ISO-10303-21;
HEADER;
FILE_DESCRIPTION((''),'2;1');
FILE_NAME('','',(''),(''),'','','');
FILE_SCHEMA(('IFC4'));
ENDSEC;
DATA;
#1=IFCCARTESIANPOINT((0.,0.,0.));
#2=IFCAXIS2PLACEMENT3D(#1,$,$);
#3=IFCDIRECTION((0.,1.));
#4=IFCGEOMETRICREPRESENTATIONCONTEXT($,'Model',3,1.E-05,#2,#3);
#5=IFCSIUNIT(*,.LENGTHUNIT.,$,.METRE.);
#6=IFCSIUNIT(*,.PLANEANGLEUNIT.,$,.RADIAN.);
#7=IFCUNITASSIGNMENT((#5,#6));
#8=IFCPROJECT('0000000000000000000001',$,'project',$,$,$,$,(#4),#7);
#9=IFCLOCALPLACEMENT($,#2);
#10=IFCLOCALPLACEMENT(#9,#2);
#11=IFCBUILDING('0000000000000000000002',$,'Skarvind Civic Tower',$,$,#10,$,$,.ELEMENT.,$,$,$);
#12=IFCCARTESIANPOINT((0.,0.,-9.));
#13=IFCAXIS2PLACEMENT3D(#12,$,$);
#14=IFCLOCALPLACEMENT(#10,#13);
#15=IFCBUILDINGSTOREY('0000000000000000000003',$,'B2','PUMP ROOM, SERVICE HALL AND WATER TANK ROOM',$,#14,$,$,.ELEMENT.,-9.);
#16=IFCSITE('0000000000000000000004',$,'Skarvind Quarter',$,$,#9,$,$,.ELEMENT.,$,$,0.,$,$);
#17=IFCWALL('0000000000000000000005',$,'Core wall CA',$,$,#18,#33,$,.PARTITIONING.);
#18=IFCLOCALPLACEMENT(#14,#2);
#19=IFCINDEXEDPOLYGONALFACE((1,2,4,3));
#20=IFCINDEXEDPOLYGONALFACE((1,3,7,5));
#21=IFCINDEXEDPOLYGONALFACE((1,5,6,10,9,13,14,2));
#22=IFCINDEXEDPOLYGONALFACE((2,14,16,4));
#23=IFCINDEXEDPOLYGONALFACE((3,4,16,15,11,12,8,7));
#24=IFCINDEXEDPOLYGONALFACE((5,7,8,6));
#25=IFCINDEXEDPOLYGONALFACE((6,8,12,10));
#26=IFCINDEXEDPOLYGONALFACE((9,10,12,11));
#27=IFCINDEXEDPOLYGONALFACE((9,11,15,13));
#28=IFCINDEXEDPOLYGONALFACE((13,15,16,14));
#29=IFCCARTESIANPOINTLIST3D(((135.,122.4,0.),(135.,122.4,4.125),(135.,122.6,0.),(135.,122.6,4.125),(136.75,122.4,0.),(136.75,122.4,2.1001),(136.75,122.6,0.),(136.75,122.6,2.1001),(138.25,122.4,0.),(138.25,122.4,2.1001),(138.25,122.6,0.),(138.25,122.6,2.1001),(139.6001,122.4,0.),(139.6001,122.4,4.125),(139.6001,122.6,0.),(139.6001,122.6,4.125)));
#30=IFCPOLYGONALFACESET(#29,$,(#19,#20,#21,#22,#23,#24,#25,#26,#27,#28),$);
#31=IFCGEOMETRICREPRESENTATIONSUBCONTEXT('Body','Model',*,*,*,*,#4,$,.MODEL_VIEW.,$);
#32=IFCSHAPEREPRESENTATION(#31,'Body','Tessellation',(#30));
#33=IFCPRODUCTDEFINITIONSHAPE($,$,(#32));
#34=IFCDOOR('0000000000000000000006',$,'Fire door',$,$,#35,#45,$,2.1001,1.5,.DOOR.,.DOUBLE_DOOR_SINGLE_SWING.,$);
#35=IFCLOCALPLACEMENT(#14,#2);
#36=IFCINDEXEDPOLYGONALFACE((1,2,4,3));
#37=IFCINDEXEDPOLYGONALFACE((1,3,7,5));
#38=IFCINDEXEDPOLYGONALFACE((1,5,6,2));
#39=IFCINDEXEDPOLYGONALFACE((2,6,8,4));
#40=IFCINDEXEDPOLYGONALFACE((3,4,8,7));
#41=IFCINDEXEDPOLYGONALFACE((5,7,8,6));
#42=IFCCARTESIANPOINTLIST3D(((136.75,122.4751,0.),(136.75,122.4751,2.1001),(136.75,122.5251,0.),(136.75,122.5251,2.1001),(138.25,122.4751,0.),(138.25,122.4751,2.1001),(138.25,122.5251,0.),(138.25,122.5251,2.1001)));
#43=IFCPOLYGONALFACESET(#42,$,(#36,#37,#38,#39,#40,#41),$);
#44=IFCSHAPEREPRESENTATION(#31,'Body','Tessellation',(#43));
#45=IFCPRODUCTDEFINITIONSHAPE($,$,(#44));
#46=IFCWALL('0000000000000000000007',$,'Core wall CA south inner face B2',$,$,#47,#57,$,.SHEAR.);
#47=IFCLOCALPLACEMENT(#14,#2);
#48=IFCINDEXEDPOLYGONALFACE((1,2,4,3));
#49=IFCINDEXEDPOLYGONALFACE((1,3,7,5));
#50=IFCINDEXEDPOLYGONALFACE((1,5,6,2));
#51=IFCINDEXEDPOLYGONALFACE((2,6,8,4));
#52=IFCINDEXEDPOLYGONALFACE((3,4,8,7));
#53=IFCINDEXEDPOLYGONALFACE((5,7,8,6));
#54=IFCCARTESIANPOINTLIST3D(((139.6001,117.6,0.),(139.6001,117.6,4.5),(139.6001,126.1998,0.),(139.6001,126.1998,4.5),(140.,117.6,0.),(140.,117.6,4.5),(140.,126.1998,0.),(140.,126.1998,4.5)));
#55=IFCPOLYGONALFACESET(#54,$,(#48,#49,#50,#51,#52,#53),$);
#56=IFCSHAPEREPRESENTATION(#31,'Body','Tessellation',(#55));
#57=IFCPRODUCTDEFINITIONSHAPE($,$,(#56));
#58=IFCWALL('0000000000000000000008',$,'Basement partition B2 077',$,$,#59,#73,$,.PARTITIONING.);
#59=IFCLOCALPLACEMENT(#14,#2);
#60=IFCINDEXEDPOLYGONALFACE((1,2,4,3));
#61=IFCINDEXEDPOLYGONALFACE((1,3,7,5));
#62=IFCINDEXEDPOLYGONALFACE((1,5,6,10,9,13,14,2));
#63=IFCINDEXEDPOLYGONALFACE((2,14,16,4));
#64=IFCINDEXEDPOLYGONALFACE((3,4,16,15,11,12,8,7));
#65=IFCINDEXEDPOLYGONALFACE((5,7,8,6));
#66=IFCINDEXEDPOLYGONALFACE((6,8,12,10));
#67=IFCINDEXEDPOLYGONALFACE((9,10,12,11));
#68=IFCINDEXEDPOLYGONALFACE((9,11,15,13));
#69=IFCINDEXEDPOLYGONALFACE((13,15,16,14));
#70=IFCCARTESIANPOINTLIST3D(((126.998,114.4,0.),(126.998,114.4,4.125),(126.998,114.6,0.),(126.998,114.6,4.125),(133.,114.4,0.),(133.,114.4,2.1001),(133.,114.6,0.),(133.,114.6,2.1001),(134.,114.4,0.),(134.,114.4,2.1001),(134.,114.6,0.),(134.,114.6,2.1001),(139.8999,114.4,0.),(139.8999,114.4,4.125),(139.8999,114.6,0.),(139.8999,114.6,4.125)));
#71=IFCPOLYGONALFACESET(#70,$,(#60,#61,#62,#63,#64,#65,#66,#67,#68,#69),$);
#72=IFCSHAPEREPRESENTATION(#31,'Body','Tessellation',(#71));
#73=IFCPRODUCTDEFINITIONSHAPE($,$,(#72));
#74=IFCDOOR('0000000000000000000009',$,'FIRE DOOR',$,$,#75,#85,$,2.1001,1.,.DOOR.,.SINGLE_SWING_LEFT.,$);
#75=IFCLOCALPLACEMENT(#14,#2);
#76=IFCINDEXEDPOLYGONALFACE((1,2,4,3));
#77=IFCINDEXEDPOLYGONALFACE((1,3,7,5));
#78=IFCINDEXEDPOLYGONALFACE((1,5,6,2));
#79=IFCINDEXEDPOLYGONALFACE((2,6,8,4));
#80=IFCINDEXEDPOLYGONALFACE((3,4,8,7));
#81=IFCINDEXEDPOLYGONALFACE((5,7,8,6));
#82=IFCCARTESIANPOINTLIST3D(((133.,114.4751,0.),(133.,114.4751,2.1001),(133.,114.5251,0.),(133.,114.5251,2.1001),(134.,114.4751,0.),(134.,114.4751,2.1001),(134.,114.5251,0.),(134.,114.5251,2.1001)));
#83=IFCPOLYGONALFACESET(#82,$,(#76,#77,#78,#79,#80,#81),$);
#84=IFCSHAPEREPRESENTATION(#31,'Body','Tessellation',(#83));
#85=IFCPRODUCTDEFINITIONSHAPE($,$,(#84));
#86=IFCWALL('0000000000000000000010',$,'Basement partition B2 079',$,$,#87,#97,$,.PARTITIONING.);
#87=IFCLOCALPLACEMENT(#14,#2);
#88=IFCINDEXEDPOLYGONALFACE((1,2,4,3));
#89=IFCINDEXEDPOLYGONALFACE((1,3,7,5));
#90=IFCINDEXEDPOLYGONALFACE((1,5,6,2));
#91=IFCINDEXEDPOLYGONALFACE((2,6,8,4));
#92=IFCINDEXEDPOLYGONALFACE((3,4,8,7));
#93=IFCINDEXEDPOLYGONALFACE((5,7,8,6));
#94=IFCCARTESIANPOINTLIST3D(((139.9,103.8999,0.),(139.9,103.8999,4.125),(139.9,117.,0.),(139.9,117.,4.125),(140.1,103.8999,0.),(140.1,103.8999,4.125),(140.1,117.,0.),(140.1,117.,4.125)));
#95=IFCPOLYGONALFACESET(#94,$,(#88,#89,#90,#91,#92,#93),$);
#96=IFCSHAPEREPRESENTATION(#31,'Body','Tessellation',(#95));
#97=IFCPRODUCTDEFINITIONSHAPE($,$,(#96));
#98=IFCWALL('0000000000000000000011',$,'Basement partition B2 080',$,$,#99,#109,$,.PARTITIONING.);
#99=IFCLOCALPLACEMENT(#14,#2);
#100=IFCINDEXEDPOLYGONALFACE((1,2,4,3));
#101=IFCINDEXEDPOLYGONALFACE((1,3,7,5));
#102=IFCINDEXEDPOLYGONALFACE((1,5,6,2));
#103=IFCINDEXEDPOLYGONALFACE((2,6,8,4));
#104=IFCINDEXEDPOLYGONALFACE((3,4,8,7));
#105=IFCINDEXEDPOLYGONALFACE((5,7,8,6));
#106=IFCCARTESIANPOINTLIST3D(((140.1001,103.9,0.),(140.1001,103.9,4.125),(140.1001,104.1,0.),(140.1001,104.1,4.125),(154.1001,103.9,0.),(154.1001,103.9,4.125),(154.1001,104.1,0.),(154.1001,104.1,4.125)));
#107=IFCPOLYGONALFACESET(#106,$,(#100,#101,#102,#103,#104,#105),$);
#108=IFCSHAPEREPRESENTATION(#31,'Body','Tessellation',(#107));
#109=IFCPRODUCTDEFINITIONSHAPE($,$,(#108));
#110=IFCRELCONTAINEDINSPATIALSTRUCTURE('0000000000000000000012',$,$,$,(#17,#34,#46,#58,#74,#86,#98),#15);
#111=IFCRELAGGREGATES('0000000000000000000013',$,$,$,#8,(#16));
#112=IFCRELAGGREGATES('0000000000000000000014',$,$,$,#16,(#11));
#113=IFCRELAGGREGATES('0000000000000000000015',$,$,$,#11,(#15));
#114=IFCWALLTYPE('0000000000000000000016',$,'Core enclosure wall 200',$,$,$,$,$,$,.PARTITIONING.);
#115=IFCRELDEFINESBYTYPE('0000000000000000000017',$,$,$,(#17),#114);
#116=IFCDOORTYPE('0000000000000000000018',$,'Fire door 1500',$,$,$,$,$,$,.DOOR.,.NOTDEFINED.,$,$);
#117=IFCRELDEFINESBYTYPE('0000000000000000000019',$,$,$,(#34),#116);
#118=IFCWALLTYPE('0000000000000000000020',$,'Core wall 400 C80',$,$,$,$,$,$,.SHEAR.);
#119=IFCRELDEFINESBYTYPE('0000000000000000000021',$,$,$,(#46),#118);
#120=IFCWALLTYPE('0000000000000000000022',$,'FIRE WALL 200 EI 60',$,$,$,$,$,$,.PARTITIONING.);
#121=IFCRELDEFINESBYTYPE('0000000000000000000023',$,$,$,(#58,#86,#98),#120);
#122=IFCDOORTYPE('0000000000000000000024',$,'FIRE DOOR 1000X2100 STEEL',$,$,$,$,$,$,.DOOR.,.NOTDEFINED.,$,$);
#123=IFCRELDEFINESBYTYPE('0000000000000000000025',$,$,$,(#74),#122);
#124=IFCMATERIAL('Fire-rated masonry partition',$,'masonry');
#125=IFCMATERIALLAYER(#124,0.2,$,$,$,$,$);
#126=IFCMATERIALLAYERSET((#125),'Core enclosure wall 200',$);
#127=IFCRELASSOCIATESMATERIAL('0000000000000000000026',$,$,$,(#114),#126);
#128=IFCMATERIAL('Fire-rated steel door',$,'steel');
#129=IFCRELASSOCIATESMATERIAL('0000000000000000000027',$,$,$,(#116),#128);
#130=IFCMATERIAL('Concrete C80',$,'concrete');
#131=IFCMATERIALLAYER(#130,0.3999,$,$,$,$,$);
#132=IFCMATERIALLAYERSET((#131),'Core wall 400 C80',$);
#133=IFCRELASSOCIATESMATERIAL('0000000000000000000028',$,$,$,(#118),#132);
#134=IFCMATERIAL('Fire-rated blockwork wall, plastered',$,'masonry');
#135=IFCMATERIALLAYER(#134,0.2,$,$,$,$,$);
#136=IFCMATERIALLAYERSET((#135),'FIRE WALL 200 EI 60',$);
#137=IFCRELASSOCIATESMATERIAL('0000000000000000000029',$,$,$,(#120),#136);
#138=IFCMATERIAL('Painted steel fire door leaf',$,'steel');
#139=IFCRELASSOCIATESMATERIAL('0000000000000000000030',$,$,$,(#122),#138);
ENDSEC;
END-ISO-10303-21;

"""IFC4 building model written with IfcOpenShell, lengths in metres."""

from ifc_helpers import new_model, si_unit, direction, frame, frame_2d, origin, place, context, subcontext, project, spatial, rectangle, extrude, material, layer, layer_set, type_object, element, fill, save


model = new_model("IFC4")

# Units and contexts
model_context = context("Model", 3, precision=1e-05, world=origin(), true_north=direction((0.0, 1.0)))
body_context = subcontext(model_context, "Body", "Model", "MODEL_VIEW")
ifc_project = project(units=[si_unit("LENGTHUNIT", "METRE"), si_unit("PLANEANGLEUNIT", "RADIAN")], contexts=[model_context])

# Site, building, storey
site_placement = place(None, origin())
site = spatial("IfcSite", under=ifc_project, at=site_placement, Name="Skarvind Quarter", CompositionType="ELEMENT", RefElevation=0.0)
building_placement = place(site_placement, origin())
building = spatial("IfcBuilding", under=site, at=building_placement, Name="Skarvind Civic Tower", CompositionType="ELEMENT")
storey_placement = place(building_placement, frame((0.0, 0.0, -9.0)))
storey = spatial("IfcBuildingStorey", under=building, at=storey_placement, Name="B2", Description="PUMP ROOM, SERVICE HALL AND WATER TANK ROOM", CompositionType="ELEMENT", Elevation=-9.0)

# Wall, opening, door
ifc_material_1 = material(Name="Fire-rated masonry partition", Category="masonry")
ifc_layer_1 = layer(ifc_material_1, 0.2)
ifc_layer_set_1 = layer_set([ifc_layer_1], Name="Core enclosure wall 200")
wall_type_1 = type_object("IfcWallType", Name="Core enclosure wall 200", PredefinedType="PARTITIONING", material=ifc_layer_set_1)
ifc_material_2 = material(Name="Fire-rated steel door", Category="steel")
wall_1_placement = place(storey_placement, frame((139.6001, 122.5, 0.0), z_axis=(0.0, 0.0, 1.0), x_axis=(-1.0, 0.0, 0.0)))
wall_1 = element("IfcWall", 1, at=wall_1_placement, inside=storey, type_object=wall_type_1, Name="Core wall CA", PredefinedType="PARTITIONING", context=body_context, shape_type="SweptSolid", body=[
    extrude(rectangle(XDim=4.6001, YDim=0.2, at=frame_2d((2.3, 0.0))), origin(), (0.0, 0.0, 1.0), 4.125),
])
opening_1_placement = place(wall_1_placement, frame((1.3501, 0.0, 0.0)))
opening_1 = element("IfcOpeningElement", 2, at=opening_1_placement, cuts=wall_1, PredefinedType="OPENING", context=body_context, shape_type="SweptSolid", body=[
    extrude(rectangle(XDim=1.5, YDim=2.1001, at=frame_2d((0.75, 1.05))), frame((0.0, 0.1099, 0.0), z_axis=(0.0, -1.0, 0.0), x_axis=(1.0, 0.0, 0.0)), (0.0, 0.0, 1.0), 0.22),
])
door_type_1 = type_object("IfcDoorType", Name="Fire door 1500", OperationType="NOTDEFINED", PredefinedType="DOOR", material=ifc_material_2)
door_1_placement = place(opening_1_placement, origin())
door_1 = element("IfcDoor", 3, at=door_1_placement, inside=storey, type_object=door_type_1, Name="Fire door", OperationType="DOUBLE_DOOR_SINGLE_SWING", OverallHeight=2.1001, OverallWidth=1.5, PredefinedType="DOOR", context=body_context, shape_type="SweptSolid", body=[
    extrude(rectangle(XDim=1.5, YDim=2.1001, at=frame_2d((0.75, 1.05))), frame((0.0, 0.0249, 0.0), z_axis=(0.0, -1.0, 0.0), x_axis=(1.0, 0.0, 0.0)), (0.0, 0.0, 1.0), 0.05),
])
fill(opening_1, door_1)

# Wall
ifc_material_3 = material(Name="Concrete C80", Category="concrete")
ifc_layer_2 = layer(ifc_material_3, 0.3999)
ifc_layer_set_2 = layer_set([ifc_layer_2], Name="Core wall 400 C80")
wall_type_2 = type_object("IfcWallType", Name="Core wall 400 C80", PredefinedType="SHEAR", material=ifc_layer_set_2)
wall_2_placement = place(storey_placement, frame((139.8, 117.6001, 0.0), z_axis=(0.0, 0.0, 1.0), x_axis=(0.0, 1.0, 0.0)))
element("IfcWall", 4, at=wall_2_placement, inside=storey, type_object=wall_type_2, Name="Core wall CA south inner face B2", PredefinedType="SHEAR", context=body_context, shape_type="SweptSolid", body=[
    extrude(rectangle(XDim=8.5999, YDim=0.3999, at=frame_2d((4.2998, 0.0))), origin(), (0.0, 0.0, 1.0), 4.5),
])

# Wall, opening, door
ifc_material_4 = material(Name="Fire-rated blockwork wall, plastered", Category="masonry")
ifc_layer_3 = layer(ifc_material_4, 0.2)
ifc_layer_set_3 = layer_set([ifc_layer_3], Name="FIRE WALL 200 EI 60")
wall_type_3 = type_object("IfcWallType", Name="FIRE WALL 200 EI 60", PredefinedType="PARTITIONING", material=ifc_layer_set_3)
wall_3_placement = place(storey_placement, frame((139.8999, 114.5, 0.0), z_axis=(0.0, 0.0, 1.0), x_axis=(-1.0, 0.0, 0.0)))
wall_3 = element("IfcWall", 5, at=wall_3_placement, inside=storey, type_object=wall_type_3, Name="Basement partition B2 077", PredefinedType="PARTITIONING", context=body_context, shape_type="SweptSolid", body=[
    extrude(rectangle(XDim=12.9019, YDim=0.2, at=frame_2d((6.4509, 0.0))), origin(), (0.0, 0.0, 1.0), 4.125),
])
opening_2_placement = place(wall_3_placement, frame((5.8999, 0.0, 0.0)))
opening_2 = element("IfcOpeningElement", 6, at=opening_2_placement, cuts=wall_3, PredefinedType="OPENING", context=body_context, shape_type="SweptSolid", body=[
    extrude(rectangle(XDim=1.0, YDim=2.1001, at=frame_2d((0.5, 1.05))), frame((0.0, 0.1099, 0.0), z_axis=(0.0, -1.0, 0.0), x_axis=(1.0, 0.0, 0.0)), (0.0, 0.0, 1.0), 0.22),
])
ifc_material_5 = material(Name="Painted steel fire door leaf", Category="steel")
door_type_2 = type_object("IfcDoorType", Name="FIRE DOOR 1000X2100 STEEL", OperationType="NOTDEFINED", PredefinedType="DOOR", material=ifc_material_5)
door_2_placement = place(opening_2_placement, origin())
door_2 = element("IfcDoor", 7, at=door_2_placement, inside=storey, type_object=door_type_2, Name="FIRE DOOR", OperationType="SINGLE_SWING_LEFT", OverallHeight=2.1001, OverallWidth=1.0, PredefinedType="DOOR", context=body_context, shape_type="SweptSolid", body=[
    extrude(rectangle(XDim=1.0, YDim=2.1001, at=frame_2d((0.5, 1.05))), frame((0.0, 0.0249, 0.0), z_axis=(0.0, -1.0, 0.0), x_axis=(1.0, 0.0, 0.0)), (0.0, 0.0, 1.0), 0.05),
])
fill(opening_2, door_2)

# Walls
wall_4_placement = place(storey_placement, frame((140.0, 103.8999, 0.0), z_axis=(0.0, 0.0, 1.0), x_axis=(0.0, 1.0, 0.0)))
element("IfcWall", 8, at=wall_4_placement, inside=storey, type_object=wall_type_3, Name="Basement partition B2 079", PredefinedType="PARTITIONING", context=body_context, shape_type="SweptSolid", body=[
    extrude(rectangle(XDim=13.1001, YDim=0.2, at=frame_2d((6.55, 0.0))), origin(), (0.0, 0.0, 1.0), 4.125),
])
wall_5_placement = place(storey_placement, frame((140.1001, 104.0, 0.0), z_axis=(0.0, 0.0, 1.0), x_axis=(1.0, 0.0, 0.0)))
element("IfcWall", 9, at=wall_5_placement, inside=storey, type_object=wall_type_3, Name="Basement partition B2 080", PredefinedType="PARTITIONING", context=body_context, shape_type="SweptSolid", body=[
    extrude(rectangle(XDim=14.0, YDim=0.2, at=frame_2d((7.0, 0.0))), origin(), (0.0, 0.0, 1.0), 4.125),
])

save(model, "model.ifc")
